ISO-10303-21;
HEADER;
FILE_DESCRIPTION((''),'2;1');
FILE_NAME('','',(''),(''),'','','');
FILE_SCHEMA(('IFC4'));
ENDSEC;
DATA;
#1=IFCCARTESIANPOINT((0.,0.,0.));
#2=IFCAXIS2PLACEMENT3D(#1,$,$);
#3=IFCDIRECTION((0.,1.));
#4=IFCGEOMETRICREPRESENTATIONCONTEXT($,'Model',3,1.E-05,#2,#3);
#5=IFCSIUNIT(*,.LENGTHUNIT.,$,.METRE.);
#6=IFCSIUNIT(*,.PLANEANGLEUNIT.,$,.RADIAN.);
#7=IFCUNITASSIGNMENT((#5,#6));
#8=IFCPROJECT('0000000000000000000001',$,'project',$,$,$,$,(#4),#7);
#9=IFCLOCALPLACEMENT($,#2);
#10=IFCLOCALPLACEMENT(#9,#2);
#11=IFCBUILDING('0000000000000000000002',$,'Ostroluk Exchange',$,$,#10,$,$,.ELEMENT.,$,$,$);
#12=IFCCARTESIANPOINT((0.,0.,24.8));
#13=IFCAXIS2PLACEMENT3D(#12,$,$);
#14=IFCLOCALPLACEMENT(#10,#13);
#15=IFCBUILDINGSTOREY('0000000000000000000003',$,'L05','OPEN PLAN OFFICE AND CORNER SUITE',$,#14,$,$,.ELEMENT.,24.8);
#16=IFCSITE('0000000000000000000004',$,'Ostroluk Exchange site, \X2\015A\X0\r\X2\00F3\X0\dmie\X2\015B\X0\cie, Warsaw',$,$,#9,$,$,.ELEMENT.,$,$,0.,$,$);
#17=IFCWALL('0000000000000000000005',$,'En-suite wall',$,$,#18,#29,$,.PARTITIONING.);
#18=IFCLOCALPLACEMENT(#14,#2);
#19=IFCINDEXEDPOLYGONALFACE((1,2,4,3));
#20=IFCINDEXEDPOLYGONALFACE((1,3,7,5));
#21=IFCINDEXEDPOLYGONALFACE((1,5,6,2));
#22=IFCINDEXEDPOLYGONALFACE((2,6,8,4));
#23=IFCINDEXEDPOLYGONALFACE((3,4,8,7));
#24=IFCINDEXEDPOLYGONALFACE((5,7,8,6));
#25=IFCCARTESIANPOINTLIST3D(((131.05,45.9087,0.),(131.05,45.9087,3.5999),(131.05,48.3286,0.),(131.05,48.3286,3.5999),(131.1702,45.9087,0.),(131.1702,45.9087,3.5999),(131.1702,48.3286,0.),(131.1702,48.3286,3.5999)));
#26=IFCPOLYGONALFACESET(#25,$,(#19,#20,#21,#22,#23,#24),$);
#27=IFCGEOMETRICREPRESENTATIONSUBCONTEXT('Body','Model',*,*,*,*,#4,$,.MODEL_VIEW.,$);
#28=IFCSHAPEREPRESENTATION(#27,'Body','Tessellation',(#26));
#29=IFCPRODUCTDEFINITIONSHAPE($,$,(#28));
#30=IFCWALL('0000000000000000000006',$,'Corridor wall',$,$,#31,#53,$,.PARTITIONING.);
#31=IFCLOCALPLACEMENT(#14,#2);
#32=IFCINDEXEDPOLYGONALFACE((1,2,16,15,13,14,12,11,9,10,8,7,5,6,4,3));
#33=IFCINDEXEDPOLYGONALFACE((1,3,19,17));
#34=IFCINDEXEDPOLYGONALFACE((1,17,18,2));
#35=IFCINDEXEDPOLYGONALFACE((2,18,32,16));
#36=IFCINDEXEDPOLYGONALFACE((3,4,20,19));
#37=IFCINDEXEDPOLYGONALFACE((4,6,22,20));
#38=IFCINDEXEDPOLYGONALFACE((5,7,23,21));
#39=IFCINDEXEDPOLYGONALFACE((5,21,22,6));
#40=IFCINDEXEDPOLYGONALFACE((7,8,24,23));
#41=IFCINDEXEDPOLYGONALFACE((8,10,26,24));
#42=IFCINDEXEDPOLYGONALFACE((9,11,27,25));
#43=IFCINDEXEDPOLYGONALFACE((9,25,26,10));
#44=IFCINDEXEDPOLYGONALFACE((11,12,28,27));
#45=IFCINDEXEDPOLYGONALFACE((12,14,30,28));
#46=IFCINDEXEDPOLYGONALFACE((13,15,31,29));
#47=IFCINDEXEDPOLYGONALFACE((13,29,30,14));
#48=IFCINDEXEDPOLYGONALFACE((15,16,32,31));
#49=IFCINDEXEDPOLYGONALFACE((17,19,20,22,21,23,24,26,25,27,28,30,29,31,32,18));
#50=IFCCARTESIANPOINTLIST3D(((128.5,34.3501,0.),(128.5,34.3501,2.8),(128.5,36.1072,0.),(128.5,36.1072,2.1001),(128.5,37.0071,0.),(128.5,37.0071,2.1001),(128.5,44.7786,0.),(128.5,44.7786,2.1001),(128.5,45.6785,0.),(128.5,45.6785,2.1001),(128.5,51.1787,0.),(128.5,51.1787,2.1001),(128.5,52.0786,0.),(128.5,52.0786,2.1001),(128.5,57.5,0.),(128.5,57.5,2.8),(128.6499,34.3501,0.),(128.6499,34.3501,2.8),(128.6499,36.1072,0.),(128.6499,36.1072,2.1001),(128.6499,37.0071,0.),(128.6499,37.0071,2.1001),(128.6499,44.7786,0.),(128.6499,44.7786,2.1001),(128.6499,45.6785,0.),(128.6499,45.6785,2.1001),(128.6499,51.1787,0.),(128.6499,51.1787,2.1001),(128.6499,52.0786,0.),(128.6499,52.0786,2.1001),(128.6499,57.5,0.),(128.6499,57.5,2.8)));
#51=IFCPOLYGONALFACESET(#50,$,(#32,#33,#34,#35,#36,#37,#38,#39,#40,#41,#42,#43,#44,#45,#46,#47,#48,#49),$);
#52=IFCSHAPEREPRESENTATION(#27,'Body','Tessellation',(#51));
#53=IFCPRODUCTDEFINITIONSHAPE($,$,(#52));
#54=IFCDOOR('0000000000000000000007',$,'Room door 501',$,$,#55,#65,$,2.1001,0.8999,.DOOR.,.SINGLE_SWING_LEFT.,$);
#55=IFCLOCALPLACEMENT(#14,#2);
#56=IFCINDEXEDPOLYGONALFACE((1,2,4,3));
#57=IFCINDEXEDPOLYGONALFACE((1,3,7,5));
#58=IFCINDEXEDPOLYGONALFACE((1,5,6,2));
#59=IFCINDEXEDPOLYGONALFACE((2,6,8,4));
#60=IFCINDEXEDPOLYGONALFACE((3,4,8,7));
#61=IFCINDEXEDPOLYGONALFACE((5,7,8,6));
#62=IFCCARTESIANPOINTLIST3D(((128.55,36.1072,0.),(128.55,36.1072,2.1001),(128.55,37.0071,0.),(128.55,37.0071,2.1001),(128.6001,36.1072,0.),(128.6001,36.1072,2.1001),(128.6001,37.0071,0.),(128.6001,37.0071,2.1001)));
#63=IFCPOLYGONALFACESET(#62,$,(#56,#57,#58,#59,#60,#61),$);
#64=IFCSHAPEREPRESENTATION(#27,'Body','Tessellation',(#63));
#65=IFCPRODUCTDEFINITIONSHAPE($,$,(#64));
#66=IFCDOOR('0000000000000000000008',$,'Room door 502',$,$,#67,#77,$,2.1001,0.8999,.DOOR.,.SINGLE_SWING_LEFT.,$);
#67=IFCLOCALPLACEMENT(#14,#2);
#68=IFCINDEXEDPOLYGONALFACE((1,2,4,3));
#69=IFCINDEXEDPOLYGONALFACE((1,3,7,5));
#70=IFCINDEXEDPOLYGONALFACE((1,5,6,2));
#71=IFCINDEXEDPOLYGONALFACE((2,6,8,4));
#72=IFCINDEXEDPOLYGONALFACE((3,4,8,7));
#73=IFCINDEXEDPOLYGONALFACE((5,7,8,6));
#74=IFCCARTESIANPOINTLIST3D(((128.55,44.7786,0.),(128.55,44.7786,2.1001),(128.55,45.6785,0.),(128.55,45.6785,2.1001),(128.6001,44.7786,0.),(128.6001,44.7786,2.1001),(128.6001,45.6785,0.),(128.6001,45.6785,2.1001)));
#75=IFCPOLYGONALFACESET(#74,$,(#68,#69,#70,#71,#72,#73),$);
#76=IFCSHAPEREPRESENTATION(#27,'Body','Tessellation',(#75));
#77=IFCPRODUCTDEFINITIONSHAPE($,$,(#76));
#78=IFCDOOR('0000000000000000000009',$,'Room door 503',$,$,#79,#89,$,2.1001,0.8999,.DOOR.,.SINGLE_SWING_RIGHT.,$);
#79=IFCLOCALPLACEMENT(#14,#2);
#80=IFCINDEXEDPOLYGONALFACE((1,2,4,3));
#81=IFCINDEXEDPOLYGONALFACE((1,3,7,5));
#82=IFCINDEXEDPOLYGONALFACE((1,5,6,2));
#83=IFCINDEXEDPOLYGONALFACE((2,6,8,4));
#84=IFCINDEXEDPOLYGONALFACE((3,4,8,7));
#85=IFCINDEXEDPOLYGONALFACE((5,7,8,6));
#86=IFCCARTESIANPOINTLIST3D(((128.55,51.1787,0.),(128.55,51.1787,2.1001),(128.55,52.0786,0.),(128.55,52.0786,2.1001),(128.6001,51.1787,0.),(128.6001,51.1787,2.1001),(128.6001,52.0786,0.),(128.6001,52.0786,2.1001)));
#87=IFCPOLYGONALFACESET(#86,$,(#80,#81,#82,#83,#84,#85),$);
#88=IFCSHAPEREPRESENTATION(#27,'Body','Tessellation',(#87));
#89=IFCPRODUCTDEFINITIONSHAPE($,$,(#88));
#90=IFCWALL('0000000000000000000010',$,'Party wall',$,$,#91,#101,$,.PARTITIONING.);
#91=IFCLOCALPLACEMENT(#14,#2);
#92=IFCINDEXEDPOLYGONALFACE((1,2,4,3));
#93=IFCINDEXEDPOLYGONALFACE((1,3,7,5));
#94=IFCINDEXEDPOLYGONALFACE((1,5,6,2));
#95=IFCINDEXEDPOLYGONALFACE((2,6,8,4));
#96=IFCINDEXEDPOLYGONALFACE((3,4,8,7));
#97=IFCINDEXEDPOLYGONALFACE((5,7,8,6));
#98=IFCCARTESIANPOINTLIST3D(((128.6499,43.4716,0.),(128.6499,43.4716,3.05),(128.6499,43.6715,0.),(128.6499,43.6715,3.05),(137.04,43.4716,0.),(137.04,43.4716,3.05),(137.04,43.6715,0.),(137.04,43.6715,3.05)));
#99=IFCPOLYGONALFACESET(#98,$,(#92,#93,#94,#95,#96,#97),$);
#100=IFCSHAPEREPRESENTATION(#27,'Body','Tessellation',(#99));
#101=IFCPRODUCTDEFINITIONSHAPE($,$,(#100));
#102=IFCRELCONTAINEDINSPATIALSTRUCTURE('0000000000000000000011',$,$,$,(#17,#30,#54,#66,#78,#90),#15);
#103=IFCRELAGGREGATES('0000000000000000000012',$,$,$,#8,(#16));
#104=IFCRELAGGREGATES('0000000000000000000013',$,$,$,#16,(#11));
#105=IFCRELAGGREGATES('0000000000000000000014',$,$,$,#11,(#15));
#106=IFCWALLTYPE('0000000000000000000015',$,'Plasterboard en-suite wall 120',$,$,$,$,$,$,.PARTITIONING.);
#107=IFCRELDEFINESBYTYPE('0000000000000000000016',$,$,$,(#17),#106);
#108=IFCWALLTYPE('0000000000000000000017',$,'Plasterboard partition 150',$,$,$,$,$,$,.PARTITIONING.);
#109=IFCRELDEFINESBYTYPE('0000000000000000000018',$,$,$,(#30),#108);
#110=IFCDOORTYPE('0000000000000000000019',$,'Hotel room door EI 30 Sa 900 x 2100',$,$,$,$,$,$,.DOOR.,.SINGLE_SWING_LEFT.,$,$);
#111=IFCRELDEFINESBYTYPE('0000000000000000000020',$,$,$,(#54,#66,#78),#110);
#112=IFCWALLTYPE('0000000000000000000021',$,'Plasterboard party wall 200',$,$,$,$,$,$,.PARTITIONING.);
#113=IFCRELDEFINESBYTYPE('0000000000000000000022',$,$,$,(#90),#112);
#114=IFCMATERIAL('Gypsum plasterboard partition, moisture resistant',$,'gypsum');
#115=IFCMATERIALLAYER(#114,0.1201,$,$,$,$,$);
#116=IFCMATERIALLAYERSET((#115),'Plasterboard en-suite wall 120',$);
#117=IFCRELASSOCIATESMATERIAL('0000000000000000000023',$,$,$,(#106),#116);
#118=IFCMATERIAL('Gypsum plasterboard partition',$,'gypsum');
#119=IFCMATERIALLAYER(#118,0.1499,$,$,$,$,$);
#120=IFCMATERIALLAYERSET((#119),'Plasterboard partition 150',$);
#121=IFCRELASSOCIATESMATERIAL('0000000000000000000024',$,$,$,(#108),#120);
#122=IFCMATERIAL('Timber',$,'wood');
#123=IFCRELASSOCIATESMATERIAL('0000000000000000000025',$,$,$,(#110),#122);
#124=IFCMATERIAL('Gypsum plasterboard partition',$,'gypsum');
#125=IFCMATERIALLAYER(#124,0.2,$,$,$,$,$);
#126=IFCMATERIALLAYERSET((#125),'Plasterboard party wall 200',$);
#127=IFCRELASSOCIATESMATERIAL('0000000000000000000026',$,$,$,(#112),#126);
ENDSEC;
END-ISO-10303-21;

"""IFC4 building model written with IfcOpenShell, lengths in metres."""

from ifc_helpers import new_model, si_unit, direction, frame, frame_2d, origin, place, context, subcontext, project, spatial, rectangle, extrude, material, layer, layer_set, type_object, element, fill, save


model = new_model("IFC4")

# Units and contexts
model_context = context("Model", 3, precision=1e-05, world=origin(), true_north=direction((0.0, 1.0)))
body_context = subcontext(model_context, "Body", "Model", "MODEL_VIEW")
ifc_project = project(units=[si_unit("LENGTHUNIT", "METRE"), si_unit("PLANEANGLEUNIT", "RADIAN")], contexts=[model_context])

# Site, building, storey
site_placement = place(None, origin())
site = spatial("IfcSite", under=ifc_project, at=site_placement, Name="Ostroluk Exchange site, Śródmieście, Warsaw", CompositionType="ELEMENT", RefElevation=0.0)
building_placement = place(site_placement, origin())
building = spatial("IfcBuilding", under=site, at=building_placement, Name="Ostroluk Exchange", CompositionType="ELEMENT")
storey_placement = place(building_placement, frame((0.0, 0.0, 24.8)))
storey = spatial("IfcBuildingStorey", under=building, at=storey_placement, Name="L05", Description="OPEN PLAN OFFICE AND CORNER SUITE", CompositionType="ELEMENT", Elevation=24.8)

# Shared definitions
ifc_material_1 = material(Name="Gypsum plasterboard partition, moisture resistant", Category="gypsum")
ifc_layer_1 = layer(ifc_material_1, 0.1201)
ifc_layer_set_1 = layer_set([ifc_layer_1], Name="Plasterboard en-suite wall 120")
wall_type_1 = type_object("IfcWallType", Name="Plasterboard en-suite wall 120", PredefinedType="PARTITIONING", material=ifc_layer_set_1)

# Wall
wall_1_placement = place(storey_placement, frame((131.1101, 45.9087, 0.0), z_axis=(0.0, 0.0, 1.0), x_axis=(0.0, 1.0, 0.0)))
element("IfcWall", 1, at=wall_1_placement, inside=storey, type_object=wall_type_1, Name="En-suite wall", PredefinedType="PARTITIONING", context=body_context, shape_type="SweptSolid", body=[
    extrude(rectangle(XDim=2.4199, YDim=0.1201, at=frame_2d((1.21, 0.0))), origin(), (0.0, 0.0, 1.0), 3.5999),
])

# Wall, openings, doors
ifc_material_2 = material(Name="Gypsum plasterboard partition", Category="gypsum")
ifc_layer_2 = layer(ifc_material_2, 0.1499)
ifc_layer_set_2 = layer_set([ifc_layer_2], Name="Plasterboard partition 150")
wall_type_2 = type_object("IfcWallType", Name="Plasterboard partition 150", PredefinedType="PARTITIONING", material=ifc_layer_set_2)
wall_2_placement = place(storey_placement, frame((128.575, 34.3501, 0.0), z_axis=(0.0, 0.0, 1.0), x_axis=(0.0, 1.0, 0.0)))
wall_2 = element("IfcWall", 2, at=wall_2_placement, inside=storey, type_object=wall_type_2, Name="Corridor wall", PredefinedType="PARTITIONING", context=body_context, shape_type="SweptSolid", body=[
    extrude(rectangle(XDim=23.1499, YDim=0.1499, at=frame_2d((11.575, 0.0))), origin(), (0.0, 0.0, 1.0), 2.8),
])
opening_1_placement = place(wall_2_placement, frame((1.7571, 0.0, 0.0)))
opening_1 = element("IfcOpeningElement", 3, at=opening_1_placement, cuts=wall_2, PredefinedType="OPENING", context=body_context, shape_type="SweptSolid", body=[
    extrude(rectangle(XDim=0.8999, YDim=2.1001, at=frame_2d((0.45, 1.05))), frame((0.0, 0.085, 0.0), z_axis=(0.0, -1.0, 0.0), x_axis=(1.0, 0.0, 0.0)), (0.0, 0.0, 1.0), 0.1699),
])
opening_2_placement = place(wall_2_placement, frame((10.4285, 0.0, 0.0)))
opening_2 = element("IfcOpeningElement", 4, at=opening_2_placement, cuts=wall_2, PredefinedType="OPENING", context=body_context, shape_type="SweptSolid", body=[
    extrude(rectangle(XDim=0.8999, YDim=2.1001, at=frame_2d((0.45, 1.05))), frame((0.0, 0.085, 0.0), z_axis=(0.0, -1.0, 0.0), x_axis=(1.0, 0.0, 0.0)), (0.0, 0.0, 1.0), 0.1699),
])
opening_3_placement = place(wall_2_placement, frame((16.8286, 0.0, 0.0)))
opening_3 = element("IfcOpeningElement", 5, at=opening_3_placement, cuts=wall_2, PredefinedType="OPENING", context=body_context, shape_type="SweptSolid", body=[
    extrude(rectangle(XDim=0.8999, YDim=2.1001, at=frame_2d((0.45, 1.05))), frame((0.0, 0.085, 0.0), z_axis=(0.0, -1.0, 0.0), x_axis=(1.0, 0.0, 0.0)), (0.0, 0.0, 1.0), 0.1699),
])
ifc_material_3 = material(Name="Timber", Category="wood")
door_type_1 = type_object("IfcDoorType", Name="Hotel room door EI 30 Sa 900 x 2100", OperationType="SINGLE_SWING_LEFT", PredefinedType="DOOR", material=ifc_material_3)
door_1_placement = place(opening_1_placement, origin())
door_1 = element("IfcDoor", 6, at=door_1_placement, inside=storey, type_object=door_type_1, Name="Room door 501", OperationType="SINGLE_SWING_LEFT", OverallHeight=2.1001, OverallWidth=0.8999, PredefinedType="DOOR", context=body_context, shape_type="SweptSolid", body=[
    extrude(rectangle(XDim=0.8999, YDim=2.1001, at=frame_2d((0.45, 1.05))), frame((0.0, 0.0249, 0.0), z_axis=(0.0, -1.0, 0.0), x_axis=(1.0, 0.0, 0.0)), (0.0, 0.0, 1.0), 0.05),
])
fill(opening_1, door_1)
door_2_placement = place(opening_2_placement, origin())
door_2 = element("IfcDoor", 7, at=door_2_placement, inside=storey, type_object=door_type_1, Name="Room door 502", OperationType="SINGLE_SWING_LEFT", OverallHeight=2.1001, OverallWidth=0.8999, PredefinedType="DOOR", context=body_context, shape_type="SweptSolid", body=[
    extrude(rectangle(XDim=0.8999, YDim=2.1001, at=frame_2d((0.45, 1.05))), frame((0.0, 0.0249, 0.0), z_axis=(0.0, -1.0, 0.0), x_axis=(1.0, 0.0, 0.0)), (0.0, 0.0, 1.0), 0.05),
])
fill(opening_2, door_2)
door_3_placement = place(opening_3_placement, origin())
door_3 = element("IfcDoor", 8, at=door_3_placement, inside=storey, type_object=door_type_1, Name="Room door 503", OperationType="SINGLE_SWING_RIGHT", OverallHeight=2.1001, OverallWidth=0.8999, PredefinedType="DOOR", context=body_context, shape_type="SweptSolid", body=[
    extrude(rectangle(XDim=0.8999, YDim=2.1001, at=frame_2d((0.45, 1.05))), frame((0.0, 0.0249, 0.0), z_axis=(0.0, -1.0, 0.0), x_axis=(1.0, 0.0, 0.0)), (0.0, 0.0, 1.0), 0.05),
])
fill(opening_3, door_3)

# Wall
ifc_material_4 = material(Name="Gypsum plasterboard partition", Category="gypsum")
ifc_layer_3 = layer(ifc_material_4, 0.2)
ifc_layer_set_3 = layer_set([ifc_layer_3], Name="Plasterboard party wall 200")
wall_type_3 = type_object("IfcWallType", Name="Plasterboard party wall 200", PredefinedType="PARTITIONING", material=ifc_layer_set_3)
wall_3_placement = place(storey_placement, frame((128.6499, 43.5715, 0.0), z_axis=(0.0, 0.0, 1.0), x_axis=(1.0, 0.0, 0.0)))
element("IfcWall", 9, at=wall_3_placement, inside=storey, type_object=wall_type_3, Name="Party wall", PredefinedType="PARTITIONING", context=body_context, shape_type="SweptSolid", body=[
    extrude(rectangle(XDim=8.3901, YDim=0.2, at=frame_2d((4.1951, 0.0))), origin(), (0.0, 0.0, 1.0), 3.05),
])

save(model, "model.ifc")
